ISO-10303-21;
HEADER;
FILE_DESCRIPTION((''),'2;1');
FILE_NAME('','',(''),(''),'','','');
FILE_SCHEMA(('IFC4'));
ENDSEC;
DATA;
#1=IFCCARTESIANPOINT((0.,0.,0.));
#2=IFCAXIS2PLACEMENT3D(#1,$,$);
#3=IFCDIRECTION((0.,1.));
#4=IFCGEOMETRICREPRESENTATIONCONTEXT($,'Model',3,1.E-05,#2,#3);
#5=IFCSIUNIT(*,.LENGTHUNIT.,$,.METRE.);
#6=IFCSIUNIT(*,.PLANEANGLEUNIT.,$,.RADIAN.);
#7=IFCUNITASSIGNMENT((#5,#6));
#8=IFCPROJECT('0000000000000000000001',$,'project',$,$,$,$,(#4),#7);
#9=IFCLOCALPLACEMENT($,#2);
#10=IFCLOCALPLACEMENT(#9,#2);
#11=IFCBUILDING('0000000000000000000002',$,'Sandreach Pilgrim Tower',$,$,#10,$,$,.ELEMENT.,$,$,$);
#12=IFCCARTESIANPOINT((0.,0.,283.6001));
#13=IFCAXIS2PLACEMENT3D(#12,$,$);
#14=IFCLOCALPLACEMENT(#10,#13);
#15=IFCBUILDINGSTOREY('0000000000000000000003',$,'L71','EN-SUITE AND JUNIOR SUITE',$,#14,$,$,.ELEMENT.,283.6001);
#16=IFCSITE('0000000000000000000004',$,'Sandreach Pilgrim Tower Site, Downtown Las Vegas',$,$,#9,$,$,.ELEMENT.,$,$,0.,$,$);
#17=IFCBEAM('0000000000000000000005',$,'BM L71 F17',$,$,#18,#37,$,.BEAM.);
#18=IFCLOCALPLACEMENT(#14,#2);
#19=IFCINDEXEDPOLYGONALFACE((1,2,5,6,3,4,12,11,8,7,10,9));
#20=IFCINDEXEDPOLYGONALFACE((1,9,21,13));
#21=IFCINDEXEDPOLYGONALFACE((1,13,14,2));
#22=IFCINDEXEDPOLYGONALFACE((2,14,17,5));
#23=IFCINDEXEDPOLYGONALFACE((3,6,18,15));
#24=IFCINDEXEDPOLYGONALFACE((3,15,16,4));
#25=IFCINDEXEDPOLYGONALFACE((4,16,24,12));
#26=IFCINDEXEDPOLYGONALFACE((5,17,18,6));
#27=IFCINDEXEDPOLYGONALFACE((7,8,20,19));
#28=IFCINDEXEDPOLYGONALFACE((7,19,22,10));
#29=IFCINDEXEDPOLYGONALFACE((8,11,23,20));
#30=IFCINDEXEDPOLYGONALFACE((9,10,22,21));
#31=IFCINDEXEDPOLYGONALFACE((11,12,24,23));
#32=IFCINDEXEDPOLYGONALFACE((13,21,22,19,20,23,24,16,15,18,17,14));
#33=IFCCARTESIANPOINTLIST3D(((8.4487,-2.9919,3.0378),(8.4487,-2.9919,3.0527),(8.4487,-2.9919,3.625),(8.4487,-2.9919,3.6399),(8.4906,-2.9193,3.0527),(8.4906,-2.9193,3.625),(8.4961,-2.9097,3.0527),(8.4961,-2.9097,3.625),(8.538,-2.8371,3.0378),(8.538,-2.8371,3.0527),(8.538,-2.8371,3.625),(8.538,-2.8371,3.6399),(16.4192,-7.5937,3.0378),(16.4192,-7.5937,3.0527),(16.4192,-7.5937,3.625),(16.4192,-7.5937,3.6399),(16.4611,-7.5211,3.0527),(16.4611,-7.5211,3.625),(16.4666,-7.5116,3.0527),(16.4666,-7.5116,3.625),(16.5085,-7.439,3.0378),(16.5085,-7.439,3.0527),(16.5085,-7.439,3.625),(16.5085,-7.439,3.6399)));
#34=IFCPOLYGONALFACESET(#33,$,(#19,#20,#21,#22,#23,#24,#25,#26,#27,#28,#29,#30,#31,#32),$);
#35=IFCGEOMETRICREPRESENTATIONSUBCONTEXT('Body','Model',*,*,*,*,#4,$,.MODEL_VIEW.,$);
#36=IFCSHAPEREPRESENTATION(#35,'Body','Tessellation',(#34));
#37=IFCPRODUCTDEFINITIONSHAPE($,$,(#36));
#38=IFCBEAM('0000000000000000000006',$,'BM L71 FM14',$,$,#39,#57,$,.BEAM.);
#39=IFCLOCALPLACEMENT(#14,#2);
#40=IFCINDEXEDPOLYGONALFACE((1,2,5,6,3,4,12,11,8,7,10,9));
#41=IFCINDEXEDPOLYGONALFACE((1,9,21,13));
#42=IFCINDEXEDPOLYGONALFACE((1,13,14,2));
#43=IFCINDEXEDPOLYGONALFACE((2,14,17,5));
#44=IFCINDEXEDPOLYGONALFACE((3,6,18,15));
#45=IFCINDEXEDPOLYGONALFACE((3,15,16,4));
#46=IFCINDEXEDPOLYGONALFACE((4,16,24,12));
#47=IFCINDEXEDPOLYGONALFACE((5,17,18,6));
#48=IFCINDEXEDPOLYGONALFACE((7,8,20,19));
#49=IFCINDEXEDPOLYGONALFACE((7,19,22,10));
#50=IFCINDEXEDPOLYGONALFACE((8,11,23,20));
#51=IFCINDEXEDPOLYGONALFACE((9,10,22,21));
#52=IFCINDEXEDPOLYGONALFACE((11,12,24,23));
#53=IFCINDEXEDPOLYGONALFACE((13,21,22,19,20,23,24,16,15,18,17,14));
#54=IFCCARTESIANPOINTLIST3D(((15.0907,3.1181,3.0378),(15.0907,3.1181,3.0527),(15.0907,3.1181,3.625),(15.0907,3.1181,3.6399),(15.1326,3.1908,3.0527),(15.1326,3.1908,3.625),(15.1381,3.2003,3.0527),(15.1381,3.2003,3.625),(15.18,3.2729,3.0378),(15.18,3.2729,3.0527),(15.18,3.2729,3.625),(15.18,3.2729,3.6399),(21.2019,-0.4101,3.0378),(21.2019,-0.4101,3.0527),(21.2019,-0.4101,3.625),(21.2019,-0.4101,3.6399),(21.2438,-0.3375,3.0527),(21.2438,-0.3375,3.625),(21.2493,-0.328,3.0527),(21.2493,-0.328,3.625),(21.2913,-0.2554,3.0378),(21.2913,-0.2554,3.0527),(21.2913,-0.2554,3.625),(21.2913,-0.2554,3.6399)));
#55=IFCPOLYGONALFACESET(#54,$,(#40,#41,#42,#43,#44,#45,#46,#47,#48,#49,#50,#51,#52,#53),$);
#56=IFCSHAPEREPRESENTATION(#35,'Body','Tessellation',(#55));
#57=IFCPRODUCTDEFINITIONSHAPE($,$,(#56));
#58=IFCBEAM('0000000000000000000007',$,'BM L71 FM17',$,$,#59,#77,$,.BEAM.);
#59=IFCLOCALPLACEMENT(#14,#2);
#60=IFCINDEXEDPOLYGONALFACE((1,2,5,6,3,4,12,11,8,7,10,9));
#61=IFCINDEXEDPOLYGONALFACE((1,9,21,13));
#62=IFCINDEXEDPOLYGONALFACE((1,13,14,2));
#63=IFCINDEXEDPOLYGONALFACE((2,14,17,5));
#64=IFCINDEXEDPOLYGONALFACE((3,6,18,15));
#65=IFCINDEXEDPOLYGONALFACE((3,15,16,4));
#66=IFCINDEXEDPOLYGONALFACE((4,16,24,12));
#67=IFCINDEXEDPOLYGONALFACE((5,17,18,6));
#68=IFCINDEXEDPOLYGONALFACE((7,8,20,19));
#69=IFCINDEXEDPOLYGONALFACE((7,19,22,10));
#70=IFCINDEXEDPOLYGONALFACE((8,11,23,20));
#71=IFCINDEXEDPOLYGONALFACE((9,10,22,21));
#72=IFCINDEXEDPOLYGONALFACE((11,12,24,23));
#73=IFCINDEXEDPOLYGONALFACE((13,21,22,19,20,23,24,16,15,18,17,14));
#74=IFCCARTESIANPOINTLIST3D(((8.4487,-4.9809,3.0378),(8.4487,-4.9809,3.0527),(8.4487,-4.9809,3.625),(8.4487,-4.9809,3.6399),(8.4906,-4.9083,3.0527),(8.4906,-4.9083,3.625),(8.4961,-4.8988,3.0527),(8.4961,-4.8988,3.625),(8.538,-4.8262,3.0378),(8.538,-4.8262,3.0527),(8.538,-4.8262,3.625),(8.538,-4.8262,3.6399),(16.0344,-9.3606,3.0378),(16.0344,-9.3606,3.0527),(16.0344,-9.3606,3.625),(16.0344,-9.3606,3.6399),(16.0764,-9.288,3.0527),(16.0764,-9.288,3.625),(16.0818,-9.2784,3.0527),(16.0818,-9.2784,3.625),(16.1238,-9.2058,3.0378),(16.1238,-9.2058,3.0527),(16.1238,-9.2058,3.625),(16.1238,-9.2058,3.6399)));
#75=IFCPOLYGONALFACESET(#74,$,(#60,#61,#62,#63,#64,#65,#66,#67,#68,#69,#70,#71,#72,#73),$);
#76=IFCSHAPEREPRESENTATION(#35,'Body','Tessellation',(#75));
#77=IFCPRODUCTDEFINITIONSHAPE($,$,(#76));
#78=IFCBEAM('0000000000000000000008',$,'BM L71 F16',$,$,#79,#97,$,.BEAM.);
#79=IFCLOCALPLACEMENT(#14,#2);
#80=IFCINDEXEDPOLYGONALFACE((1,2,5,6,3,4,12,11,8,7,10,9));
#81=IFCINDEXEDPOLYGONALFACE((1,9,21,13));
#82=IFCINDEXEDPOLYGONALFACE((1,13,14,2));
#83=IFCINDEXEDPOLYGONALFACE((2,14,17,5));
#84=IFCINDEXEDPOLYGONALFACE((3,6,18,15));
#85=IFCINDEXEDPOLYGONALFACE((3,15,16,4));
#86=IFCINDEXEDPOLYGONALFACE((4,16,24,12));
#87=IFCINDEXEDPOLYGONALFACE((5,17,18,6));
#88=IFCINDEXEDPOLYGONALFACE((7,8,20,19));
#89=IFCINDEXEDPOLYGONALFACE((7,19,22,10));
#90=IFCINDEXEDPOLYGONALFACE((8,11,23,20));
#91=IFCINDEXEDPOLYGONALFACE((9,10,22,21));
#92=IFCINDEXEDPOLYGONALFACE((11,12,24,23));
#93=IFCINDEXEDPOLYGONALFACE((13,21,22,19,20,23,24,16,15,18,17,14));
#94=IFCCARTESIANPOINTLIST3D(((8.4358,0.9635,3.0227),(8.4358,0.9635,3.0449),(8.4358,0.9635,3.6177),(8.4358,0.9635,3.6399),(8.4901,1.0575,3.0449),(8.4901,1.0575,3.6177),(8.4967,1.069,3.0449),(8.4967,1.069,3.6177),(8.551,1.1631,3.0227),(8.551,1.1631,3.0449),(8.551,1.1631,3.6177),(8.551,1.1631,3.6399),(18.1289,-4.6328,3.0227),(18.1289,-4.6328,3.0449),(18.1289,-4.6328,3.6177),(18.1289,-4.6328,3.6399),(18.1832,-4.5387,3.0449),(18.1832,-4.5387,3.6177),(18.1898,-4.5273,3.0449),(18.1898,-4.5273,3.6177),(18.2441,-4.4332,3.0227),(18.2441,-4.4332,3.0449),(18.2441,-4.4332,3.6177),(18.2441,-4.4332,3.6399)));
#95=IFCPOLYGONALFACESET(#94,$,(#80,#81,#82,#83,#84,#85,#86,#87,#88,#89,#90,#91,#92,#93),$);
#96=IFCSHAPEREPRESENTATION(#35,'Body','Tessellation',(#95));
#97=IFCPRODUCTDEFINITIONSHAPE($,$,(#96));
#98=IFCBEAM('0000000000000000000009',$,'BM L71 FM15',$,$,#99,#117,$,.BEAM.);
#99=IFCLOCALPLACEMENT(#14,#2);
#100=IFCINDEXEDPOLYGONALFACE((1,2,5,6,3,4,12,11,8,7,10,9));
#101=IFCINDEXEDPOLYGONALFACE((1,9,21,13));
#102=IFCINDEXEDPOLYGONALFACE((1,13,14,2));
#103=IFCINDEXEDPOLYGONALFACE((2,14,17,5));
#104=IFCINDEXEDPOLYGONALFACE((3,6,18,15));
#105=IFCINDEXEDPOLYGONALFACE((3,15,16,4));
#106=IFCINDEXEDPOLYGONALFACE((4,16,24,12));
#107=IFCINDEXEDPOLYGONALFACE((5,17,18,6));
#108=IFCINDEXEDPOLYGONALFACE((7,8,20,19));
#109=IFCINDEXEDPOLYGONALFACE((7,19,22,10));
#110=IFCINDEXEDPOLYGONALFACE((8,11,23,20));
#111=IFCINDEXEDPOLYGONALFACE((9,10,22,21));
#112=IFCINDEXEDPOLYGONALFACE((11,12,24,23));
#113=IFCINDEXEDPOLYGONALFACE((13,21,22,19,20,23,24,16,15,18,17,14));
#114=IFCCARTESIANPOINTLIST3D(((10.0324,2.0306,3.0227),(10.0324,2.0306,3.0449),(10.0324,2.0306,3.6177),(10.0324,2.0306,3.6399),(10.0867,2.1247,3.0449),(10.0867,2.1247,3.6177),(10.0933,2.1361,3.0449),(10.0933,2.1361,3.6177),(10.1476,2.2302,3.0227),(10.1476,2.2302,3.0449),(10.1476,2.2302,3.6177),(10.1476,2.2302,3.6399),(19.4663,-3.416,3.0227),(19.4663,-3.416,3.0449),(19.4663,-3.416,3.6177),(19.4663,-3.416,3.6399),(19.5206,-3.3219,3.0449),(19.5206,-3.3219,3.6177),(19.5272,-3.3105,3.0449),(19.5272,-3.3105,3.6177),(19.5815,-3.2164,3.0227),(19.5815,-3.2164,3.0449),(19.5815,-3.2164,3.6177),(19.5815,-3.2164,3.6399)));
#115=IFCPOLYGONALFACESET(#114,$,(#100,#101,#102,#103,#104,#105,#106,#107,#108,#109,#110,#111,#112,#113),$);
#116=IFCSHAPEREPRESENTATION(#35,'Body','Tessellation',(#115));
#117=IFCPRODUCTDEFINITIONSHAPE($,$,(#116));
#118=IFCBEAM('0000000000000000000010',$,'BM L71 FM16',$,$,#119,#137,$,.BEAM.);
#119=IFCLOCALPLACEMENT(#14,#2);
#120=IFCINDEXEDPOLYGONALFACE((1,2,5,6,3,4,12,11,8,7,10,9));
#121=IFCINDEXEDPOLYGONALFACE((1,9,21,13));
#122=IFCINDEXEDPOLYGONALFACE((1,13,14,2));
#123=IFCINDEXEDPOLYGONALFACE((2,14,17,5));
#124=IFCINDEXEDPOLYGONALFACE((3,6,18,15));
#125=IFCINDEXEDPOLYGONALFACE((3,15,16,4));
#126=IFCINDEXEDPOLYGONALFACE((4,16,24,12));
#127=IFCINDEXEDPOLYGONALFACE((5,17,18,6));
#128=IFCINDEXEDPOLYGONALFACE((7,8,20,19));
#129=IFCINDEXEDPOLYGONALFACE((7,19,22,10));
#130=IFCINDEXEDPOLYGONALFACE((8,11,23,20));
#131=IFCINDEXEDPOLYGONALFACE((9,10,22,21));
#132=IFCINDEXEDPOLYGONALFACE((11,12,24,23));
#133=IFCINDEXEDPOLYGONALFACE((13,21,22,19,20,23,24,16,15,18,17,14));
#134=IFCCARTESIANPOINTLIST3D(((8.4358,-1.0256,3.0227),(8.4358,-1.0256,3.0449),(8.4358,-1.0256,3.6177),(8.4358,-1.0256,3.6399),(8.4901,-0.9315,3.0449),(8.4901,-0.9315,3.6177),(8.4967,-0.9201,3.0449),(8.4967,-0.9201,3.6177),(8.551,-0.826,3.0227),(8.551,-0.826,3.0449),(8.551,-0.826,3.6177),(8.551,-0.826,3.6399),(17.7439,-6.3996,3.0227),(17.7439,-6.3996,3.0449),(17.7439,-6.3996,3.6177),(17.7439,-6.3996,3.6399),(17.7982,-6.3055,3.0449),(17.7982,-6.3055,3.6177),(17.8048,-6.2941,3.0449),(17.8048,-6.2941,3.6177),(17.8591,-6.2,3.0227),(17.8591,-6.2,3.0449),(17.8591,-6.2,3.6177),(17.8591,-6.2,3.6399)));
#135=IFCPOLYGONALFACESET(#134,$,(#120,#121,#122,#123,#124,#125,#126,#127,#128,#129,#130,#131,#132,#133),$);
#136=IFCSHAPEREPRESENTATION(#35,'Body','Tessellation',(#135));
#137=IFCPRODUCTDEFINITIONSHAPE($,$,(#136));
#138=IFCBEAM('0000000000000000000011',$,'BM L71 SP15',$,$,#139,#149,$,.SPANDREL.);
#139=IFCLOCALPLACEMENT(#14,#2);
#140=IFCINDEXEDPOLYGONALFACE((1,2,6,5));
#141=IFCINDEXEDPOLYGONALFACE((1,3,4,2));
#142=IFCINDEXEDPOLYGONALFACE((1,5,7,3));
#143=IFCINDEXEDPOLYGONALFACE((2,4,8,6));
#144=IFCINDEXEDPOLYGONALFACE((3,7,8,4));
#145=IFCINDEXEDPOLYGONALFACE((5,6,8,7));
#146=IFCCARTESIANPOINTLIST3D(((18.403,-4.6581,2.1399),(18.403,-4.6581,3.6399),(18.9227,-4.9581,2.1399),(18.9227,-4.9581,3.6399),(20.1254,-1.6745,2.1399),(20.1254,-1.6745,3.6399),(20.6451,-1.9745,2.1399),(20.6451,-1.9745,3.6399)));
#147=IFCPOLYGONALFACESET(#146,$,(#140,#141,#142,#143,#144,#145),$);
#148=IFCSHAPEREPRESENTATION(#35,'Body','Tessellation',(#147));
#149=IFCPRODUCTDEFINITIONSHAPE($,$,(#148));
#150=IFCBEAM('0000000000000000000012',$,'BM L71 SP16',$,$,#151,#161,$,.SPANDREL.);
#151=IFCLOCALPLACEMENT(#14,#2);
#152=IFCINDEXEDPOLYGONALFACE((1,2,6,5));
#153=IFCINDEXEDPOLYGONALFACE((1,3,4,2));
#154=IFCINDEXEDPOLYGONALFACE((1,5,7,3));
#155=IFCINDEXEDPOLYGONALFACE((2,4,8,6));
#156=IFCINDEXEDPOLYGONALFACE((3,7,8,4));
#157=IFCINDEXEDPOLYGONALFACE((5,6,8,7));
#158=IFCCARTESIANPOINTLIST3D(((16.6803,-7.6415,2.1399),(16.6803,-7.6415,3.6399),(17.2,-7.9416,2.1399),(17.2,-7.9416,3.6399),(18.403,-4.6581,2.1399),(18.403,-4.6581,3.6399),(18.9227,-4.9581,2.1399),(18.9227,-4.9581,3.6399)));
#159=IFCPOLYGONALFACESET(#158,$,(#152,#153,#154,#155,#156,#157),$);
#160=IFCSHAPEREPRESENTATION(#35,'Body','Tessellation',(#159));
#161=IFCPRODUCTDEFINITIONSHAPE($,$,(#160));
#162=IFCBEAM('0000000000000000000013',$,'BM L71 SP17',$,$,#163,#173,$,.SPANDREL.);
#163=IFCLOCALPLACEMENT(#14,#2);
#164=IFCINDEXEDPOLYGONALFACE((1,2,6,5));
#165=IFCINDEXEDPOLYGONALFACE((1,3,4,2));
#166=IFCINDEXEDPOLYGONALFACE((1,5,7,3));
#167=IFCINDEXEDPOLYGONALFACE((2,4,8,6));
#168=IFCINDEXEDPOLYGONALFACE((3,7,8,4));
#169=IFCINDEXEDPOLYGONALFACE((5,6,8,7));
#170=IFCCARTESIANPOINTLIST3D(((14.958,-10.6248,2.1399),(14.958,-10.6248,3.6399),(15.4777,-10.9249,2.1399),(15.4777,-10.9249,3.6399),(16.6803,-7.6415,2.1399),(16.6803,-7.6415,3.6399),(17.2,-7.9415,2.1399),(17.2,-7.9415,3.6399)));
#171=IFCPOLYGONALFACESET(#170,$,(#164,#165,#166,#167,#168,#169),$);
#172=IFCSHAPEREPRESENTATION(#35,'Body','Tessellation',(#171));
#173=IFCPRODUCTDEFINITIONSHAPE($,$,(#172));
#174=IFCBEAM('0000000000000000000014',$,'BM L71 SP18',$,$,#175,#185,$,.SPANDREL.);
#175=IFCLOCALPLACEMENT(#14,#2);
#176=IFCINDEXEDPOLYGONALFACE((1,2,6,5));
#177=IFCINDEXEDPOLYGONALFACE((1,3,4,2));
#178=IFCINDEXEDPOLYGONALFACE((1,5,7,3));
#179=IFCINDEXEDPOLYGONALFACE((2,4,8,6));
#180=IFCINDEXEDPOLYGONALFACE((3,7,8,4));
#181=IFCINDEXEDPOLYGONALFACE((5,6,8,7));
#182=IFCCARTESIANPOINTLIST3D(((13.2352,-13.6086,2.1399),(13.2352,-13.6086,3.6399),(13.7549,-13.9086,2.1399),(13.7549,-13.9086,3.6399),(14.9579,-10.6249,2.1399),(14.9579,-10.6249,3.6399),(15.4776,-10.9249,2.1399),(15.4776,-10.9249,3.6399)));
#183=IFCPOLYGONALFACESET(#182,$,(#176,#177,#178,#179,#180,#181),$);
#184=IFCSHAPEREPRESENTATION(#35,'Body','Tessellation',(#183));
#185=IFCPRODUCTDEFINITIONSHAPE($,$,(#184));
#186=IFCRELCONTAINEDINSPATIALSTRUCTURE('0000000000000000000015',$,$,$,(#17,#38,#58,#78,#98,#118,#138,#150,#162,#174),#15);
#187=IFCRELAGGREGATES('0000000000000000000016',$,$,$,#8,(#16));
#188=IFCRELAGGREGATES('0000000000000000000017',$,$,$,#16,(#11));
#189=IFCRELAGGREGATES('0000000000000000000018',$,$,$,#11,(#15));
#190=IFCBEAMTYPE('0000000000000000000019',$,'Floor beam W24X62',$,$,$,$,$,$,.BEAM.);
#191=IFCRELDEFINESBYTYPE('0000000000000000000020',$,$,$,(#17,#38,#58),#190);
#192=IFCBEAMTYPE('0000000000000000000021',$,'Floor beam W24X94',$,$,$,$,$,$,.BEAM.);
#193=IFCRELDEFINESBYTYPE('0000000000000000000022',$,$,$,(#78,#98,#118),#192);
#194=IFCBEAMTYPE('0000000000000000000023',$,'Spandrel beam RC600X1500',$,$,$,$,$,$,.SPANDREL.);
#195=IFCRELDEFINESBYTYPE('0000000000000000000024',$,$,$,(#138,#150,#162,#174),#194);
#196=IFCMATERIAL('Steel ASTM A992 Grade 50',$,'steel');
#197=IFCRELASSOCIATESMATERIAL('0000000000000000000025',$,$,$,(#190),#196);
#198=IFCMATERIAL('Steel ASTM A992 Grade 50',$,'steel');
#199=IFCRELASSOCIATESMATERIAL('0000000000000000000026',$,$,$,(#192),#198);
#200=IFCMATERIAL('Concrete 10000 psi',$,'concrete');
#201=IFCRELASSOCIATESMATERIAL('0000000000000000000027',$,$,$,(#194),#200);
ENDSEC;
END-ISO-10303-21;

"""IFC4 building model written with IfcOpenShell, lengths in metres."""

from ifc_helpers import new_model, si_unit, direction, frame, origin, origin_2d, place, context, subcontext, project, spatial, rectangle, i_section, extrude, material, material_profile, profile_set, type_object, element, save


model = new_model("IFC4")

# Units and contexts
model_context = context("Model", 3, precision=1e-05, world=origin(), true_north=direction((0.0, 1.0)))
body_context = subcontext(model_context, "Body", "Model", "MODEL_VIEW")
ifc_project = project(units=[si_unit("LENGTHUNIT", "METRE"), si_unit("PLANEANGLEUNIT", "RADIAN")], contexts=[model_context])

# Site, building, storey
site_placement = place(None, origin())
site = spatial("IfcSite", under=ifc_project, at=site_placement, Name="Sandreach Pilgrim Tower Site, Downtown Las Vegas", CompositionType="ELEMENT", RefElevation=0.0)
building_placement = place(site_placement, origin())
building = spatial("IfcBuilding", under=site, at=building_placement, Name="Sandreach Pilgrim Tower", CompositionType="ELEMENT")
storey_placement = place(building_placement, frame((0.0, 0.0, 283.6001)))
storey = spatial("IfcBuildingStorey", under=building, at=storey_placement, Name="L71", Description="EN-SUITE AND JUNIOR SUITE", CompositionType="ELEMENT", Elevation=283.6001)

# Beams
ifc_material_1 = material(Name="Steel ASTM A992 Grade 50", Category="steel")
ifc_material_profile_1 = material_profile(ifc_material_1, i_section(OverallWidth=0.1787, OverallDepth=0.6021, WebThickness=0.011, FlangeThickness=0.0149, at=origin_2d()), Name="W24X62")
ifc_profile_set_1 = profile_set([ifc_material_profile_1], Name="Steel ASTM A992 Grade 50")
beam_type_1 = type_object("IfcBeamType", Name="Floor beam W24X62", PredefinedType="BEAM", material=ifc_profile_set_1)
beam_1_placement = place(storey_placement, frame((16.4639, -7.5164, 3.3389), z_axis=(-0.866023, 0.500005, 0.0), x_axis=(-0.500005, -0.866023, 0.0)))
element("IfcBeam", 1, at=beam_1_placement, inside=storey, type_object=beam_type_1, Name="BM L71 F17", PredefinedType="BEAM", context=body_context, shape_type="SweptSolid", body=[
    extrude(i_section(OverallWidth=0.1787, OverallDepth=0.6021, WebThickness=0.011, FlangeThickness=0.0149, at=origin_2d()), origin(), (0.0, 0.0, 1.0), 9.2036),
])
beam_2_placement = place(storey_placement, frame((21.2466, -0.3328, 3.3389), z_axis=(-0.866029, 0.499994, 0.0), x_axis=(-0.499994, -0.866029, 0.0)))
element("IfcBeam", 2, at=beam_2_placement, inside=storey, type_object=beam_type_1, Name="BM L71 FM14", PredefinedType="BEAM", context=body_context, shape_type="SweptSolid", body=[
    extrude(i_section(OverallWidth=0.1787, OverallDepth=0.6021, WebThickness=0.011, FlangeThickness=0.0149, at=origin_2d()), origin(), (0.0, 0.0, 1.0), 7.0566),
])
beam_3_placement = place(storey_placement, frame((16.0791, -9.2832, 3.3389), z_axis=(-0.866024, 0.500003, 0.0), x_axis=(-0.500003, -0.866024, 0.0)))
element("IfcBeam", 3, at=beam_3_placement, inside=storey, type_object=beam_type_1, Name="BM L71 FM17", PredefinedType="BEAM", context=body_context, shape_type="SweptSolid", body=[
    extrude(i_section(OverallWidth=0.1787, OverallDepth=0.6021, WebThickness=0.011, FlangeThickness=0.0149, at=origin_2d()), origin(), (0.0, 0.0, 1.0), 8.7593),
])
ifc_material_2 = material(Name="Steel ASTM A992 Grade 50", Category="steel")
ifc_material_profile_2 = material_profile(ifc_material_2, i_section(OverallWidth=0.2305, OverallDepth=0.6172, WebThickness=0.0132, FlangeThickness=0.0222, at=origin_2d()), Name="W24X94")
ifc_profile_set_2 = profile_set([ifc_material_profile_2], Name="Steel ASTM A992 Grade 50")
beam_type_2 = type_object("IfcBeamType", Name="Floor beam W24X94", PredefinedType="BEAM", material=ifc_profile_set_2)
beam_4_placement = place(storey_placement, frame((18.1865, -4.533, 3.3313), z_axis=(-0.86603, 0.499991, 0.0), x_axis=(-0.499991, -0.86603, 0.0)))
element("IfcBeam", 4, at=beam_4_placement, inside=storey, type_object=beam_type_2, Name="BM L71 F16", PredefinedType="BEAM", context=body_context, shape_type="SweptSolid", body=[
    extrude(i_section(OverallWidth=0.2305, OverallDepth=0.6172, WebThickness=0.0132, FlangeThickness=0.0222, at=origin_2d()), origin(), (0.0, 0.0, 1.0), 11.1926),
])
beam_5_placement = place(storey_placement, frame((19.5239, -3.3162, 3.3313), z_axis=(-0.866029, 0.499993, 0.0), x_axis=(-0.499993, -0.866029, 0.0)))
element("IfcBeam", 5, at=beam_5_placement, inside=storey, type_object=beam_type_2, Name="BM L71 FM15", PredefinedType="BEAM", context=body_context, shape_type="SweptSolid", body=[
    extrude(i_section(OverallWidth=0.2305, OverallDepth=0.6172, WebThickness=0.0132, FlangeThickness=0.0222, at=origin_2d()), origin(), (0.0, 0.0, 1.0), 10.8933),
])
beam_6_placement = place(storey_placement, frame((17.8015, -6.2998, 3.3313), z_axis=(-0.866026, 0.499999, 0.0), x_axis=(-0.499999, -0.866026, 0.0)))
element("IfcBeam", 6, at=beam_6_placement, inside=storey, type_object=beam_type_2, Name="BM L71 FM16", PredefinedType="BEAM", context=body_context, shape_type="SweptSolid", body=[
    extrude(i_section(OverallWidth=0.2305, OverallDepth=0.6172, WebThickness=0.0132, FlangeThickness=0.0222, at=origin_2d()), origin(), (0.0, 0.0, 1.0), 10.748),
])
ifc_material_3 = material(Name="Concrete 10000 psi", Category="concrete")
ifc_material_profile_3 = material_profile(ifc_material_3, rectangle(XDim=0.6001, YDim=1.5, at=origin_2d()), Name="RC600X1500")
ifc_profile_set_3 = profile_set([ifc_material_profile_3], Name="Concrete 10000 psi")
beam_type_3 = type_object("IfcBeamType", Name="Spandrel beam RC600X1500", PredefinedType="SPANDREL", material=ifc_profile_set_3)
for number, where, z_axis, x_axis, name in (
    (7, (20.3853, -1.8245, 2.8899), (-0.499958, -0.86605, 0.0), (0.86605, -0.499958, 0.0), "BM L71 SP15"),
    (8, (18.6628, -4.8081, 2.8899), (-0.500041, -0.866001, 0.0), (0.866001, -0.500041, 0.0), "BM L71 SP16"),
):
    element("IfcBeam", number, at=place(storey_placement, frame(where, z_axis=z_axis, x_axis=x_axis)), inside=storey, type_object=beam_type_3, Name=name, PredefinedType="SPANDREL", context=body_context, shape_type="SweptSolid", body=[
        extrude(rectangle(XDim=0.6001, YDim=1.5, at=origin_2d()), origin(), (0.0, 0.0, 1.0), 3.4451),
    ])
beam_7_placement = place(storey_placement, frame((16.9402, -7.7915, 2.8899), z_axis=(-0.499988, -0.866032, 0.0), x_axis=(0.866032, -0.499988, 0.0)))
element("IfcBeam", 9, at=beam_7_placement, inside=storey, type_object=beam_type_3, Name="BM L71 SP17", PredefinedType="SPANDREL", context=body_context, shape_type="SweptSolid", body=[
    extrude(rectangle(XDim=0.6001, YDim=1.5, at=origin_2d()), origin(), (0.0, 0.0, 1.0), 3.4448),
])
beam_8_placement = place(storey_placement, frame((15.2178, -10.7749, 2.8899), z_axis=(-0.500011, -0.866019, 0.0), x_axis=(0.866019, -0.500011, 0.0)))
element("IfcBeam", 10, at=beam_8_placement, inside=storey, type_object=beam_type_3, Name="BM L71 SP18", PredefinedType="SPANDREL", context=body_context, shape_type="SweptSolid", body=[
    extrude(rectangle(XDim=0.6001, YDim=1.5, at=origin_2d()), origin(), (0.0, 0.0, 1.0), 3.4453),
])

save(model, "model.ifc")
